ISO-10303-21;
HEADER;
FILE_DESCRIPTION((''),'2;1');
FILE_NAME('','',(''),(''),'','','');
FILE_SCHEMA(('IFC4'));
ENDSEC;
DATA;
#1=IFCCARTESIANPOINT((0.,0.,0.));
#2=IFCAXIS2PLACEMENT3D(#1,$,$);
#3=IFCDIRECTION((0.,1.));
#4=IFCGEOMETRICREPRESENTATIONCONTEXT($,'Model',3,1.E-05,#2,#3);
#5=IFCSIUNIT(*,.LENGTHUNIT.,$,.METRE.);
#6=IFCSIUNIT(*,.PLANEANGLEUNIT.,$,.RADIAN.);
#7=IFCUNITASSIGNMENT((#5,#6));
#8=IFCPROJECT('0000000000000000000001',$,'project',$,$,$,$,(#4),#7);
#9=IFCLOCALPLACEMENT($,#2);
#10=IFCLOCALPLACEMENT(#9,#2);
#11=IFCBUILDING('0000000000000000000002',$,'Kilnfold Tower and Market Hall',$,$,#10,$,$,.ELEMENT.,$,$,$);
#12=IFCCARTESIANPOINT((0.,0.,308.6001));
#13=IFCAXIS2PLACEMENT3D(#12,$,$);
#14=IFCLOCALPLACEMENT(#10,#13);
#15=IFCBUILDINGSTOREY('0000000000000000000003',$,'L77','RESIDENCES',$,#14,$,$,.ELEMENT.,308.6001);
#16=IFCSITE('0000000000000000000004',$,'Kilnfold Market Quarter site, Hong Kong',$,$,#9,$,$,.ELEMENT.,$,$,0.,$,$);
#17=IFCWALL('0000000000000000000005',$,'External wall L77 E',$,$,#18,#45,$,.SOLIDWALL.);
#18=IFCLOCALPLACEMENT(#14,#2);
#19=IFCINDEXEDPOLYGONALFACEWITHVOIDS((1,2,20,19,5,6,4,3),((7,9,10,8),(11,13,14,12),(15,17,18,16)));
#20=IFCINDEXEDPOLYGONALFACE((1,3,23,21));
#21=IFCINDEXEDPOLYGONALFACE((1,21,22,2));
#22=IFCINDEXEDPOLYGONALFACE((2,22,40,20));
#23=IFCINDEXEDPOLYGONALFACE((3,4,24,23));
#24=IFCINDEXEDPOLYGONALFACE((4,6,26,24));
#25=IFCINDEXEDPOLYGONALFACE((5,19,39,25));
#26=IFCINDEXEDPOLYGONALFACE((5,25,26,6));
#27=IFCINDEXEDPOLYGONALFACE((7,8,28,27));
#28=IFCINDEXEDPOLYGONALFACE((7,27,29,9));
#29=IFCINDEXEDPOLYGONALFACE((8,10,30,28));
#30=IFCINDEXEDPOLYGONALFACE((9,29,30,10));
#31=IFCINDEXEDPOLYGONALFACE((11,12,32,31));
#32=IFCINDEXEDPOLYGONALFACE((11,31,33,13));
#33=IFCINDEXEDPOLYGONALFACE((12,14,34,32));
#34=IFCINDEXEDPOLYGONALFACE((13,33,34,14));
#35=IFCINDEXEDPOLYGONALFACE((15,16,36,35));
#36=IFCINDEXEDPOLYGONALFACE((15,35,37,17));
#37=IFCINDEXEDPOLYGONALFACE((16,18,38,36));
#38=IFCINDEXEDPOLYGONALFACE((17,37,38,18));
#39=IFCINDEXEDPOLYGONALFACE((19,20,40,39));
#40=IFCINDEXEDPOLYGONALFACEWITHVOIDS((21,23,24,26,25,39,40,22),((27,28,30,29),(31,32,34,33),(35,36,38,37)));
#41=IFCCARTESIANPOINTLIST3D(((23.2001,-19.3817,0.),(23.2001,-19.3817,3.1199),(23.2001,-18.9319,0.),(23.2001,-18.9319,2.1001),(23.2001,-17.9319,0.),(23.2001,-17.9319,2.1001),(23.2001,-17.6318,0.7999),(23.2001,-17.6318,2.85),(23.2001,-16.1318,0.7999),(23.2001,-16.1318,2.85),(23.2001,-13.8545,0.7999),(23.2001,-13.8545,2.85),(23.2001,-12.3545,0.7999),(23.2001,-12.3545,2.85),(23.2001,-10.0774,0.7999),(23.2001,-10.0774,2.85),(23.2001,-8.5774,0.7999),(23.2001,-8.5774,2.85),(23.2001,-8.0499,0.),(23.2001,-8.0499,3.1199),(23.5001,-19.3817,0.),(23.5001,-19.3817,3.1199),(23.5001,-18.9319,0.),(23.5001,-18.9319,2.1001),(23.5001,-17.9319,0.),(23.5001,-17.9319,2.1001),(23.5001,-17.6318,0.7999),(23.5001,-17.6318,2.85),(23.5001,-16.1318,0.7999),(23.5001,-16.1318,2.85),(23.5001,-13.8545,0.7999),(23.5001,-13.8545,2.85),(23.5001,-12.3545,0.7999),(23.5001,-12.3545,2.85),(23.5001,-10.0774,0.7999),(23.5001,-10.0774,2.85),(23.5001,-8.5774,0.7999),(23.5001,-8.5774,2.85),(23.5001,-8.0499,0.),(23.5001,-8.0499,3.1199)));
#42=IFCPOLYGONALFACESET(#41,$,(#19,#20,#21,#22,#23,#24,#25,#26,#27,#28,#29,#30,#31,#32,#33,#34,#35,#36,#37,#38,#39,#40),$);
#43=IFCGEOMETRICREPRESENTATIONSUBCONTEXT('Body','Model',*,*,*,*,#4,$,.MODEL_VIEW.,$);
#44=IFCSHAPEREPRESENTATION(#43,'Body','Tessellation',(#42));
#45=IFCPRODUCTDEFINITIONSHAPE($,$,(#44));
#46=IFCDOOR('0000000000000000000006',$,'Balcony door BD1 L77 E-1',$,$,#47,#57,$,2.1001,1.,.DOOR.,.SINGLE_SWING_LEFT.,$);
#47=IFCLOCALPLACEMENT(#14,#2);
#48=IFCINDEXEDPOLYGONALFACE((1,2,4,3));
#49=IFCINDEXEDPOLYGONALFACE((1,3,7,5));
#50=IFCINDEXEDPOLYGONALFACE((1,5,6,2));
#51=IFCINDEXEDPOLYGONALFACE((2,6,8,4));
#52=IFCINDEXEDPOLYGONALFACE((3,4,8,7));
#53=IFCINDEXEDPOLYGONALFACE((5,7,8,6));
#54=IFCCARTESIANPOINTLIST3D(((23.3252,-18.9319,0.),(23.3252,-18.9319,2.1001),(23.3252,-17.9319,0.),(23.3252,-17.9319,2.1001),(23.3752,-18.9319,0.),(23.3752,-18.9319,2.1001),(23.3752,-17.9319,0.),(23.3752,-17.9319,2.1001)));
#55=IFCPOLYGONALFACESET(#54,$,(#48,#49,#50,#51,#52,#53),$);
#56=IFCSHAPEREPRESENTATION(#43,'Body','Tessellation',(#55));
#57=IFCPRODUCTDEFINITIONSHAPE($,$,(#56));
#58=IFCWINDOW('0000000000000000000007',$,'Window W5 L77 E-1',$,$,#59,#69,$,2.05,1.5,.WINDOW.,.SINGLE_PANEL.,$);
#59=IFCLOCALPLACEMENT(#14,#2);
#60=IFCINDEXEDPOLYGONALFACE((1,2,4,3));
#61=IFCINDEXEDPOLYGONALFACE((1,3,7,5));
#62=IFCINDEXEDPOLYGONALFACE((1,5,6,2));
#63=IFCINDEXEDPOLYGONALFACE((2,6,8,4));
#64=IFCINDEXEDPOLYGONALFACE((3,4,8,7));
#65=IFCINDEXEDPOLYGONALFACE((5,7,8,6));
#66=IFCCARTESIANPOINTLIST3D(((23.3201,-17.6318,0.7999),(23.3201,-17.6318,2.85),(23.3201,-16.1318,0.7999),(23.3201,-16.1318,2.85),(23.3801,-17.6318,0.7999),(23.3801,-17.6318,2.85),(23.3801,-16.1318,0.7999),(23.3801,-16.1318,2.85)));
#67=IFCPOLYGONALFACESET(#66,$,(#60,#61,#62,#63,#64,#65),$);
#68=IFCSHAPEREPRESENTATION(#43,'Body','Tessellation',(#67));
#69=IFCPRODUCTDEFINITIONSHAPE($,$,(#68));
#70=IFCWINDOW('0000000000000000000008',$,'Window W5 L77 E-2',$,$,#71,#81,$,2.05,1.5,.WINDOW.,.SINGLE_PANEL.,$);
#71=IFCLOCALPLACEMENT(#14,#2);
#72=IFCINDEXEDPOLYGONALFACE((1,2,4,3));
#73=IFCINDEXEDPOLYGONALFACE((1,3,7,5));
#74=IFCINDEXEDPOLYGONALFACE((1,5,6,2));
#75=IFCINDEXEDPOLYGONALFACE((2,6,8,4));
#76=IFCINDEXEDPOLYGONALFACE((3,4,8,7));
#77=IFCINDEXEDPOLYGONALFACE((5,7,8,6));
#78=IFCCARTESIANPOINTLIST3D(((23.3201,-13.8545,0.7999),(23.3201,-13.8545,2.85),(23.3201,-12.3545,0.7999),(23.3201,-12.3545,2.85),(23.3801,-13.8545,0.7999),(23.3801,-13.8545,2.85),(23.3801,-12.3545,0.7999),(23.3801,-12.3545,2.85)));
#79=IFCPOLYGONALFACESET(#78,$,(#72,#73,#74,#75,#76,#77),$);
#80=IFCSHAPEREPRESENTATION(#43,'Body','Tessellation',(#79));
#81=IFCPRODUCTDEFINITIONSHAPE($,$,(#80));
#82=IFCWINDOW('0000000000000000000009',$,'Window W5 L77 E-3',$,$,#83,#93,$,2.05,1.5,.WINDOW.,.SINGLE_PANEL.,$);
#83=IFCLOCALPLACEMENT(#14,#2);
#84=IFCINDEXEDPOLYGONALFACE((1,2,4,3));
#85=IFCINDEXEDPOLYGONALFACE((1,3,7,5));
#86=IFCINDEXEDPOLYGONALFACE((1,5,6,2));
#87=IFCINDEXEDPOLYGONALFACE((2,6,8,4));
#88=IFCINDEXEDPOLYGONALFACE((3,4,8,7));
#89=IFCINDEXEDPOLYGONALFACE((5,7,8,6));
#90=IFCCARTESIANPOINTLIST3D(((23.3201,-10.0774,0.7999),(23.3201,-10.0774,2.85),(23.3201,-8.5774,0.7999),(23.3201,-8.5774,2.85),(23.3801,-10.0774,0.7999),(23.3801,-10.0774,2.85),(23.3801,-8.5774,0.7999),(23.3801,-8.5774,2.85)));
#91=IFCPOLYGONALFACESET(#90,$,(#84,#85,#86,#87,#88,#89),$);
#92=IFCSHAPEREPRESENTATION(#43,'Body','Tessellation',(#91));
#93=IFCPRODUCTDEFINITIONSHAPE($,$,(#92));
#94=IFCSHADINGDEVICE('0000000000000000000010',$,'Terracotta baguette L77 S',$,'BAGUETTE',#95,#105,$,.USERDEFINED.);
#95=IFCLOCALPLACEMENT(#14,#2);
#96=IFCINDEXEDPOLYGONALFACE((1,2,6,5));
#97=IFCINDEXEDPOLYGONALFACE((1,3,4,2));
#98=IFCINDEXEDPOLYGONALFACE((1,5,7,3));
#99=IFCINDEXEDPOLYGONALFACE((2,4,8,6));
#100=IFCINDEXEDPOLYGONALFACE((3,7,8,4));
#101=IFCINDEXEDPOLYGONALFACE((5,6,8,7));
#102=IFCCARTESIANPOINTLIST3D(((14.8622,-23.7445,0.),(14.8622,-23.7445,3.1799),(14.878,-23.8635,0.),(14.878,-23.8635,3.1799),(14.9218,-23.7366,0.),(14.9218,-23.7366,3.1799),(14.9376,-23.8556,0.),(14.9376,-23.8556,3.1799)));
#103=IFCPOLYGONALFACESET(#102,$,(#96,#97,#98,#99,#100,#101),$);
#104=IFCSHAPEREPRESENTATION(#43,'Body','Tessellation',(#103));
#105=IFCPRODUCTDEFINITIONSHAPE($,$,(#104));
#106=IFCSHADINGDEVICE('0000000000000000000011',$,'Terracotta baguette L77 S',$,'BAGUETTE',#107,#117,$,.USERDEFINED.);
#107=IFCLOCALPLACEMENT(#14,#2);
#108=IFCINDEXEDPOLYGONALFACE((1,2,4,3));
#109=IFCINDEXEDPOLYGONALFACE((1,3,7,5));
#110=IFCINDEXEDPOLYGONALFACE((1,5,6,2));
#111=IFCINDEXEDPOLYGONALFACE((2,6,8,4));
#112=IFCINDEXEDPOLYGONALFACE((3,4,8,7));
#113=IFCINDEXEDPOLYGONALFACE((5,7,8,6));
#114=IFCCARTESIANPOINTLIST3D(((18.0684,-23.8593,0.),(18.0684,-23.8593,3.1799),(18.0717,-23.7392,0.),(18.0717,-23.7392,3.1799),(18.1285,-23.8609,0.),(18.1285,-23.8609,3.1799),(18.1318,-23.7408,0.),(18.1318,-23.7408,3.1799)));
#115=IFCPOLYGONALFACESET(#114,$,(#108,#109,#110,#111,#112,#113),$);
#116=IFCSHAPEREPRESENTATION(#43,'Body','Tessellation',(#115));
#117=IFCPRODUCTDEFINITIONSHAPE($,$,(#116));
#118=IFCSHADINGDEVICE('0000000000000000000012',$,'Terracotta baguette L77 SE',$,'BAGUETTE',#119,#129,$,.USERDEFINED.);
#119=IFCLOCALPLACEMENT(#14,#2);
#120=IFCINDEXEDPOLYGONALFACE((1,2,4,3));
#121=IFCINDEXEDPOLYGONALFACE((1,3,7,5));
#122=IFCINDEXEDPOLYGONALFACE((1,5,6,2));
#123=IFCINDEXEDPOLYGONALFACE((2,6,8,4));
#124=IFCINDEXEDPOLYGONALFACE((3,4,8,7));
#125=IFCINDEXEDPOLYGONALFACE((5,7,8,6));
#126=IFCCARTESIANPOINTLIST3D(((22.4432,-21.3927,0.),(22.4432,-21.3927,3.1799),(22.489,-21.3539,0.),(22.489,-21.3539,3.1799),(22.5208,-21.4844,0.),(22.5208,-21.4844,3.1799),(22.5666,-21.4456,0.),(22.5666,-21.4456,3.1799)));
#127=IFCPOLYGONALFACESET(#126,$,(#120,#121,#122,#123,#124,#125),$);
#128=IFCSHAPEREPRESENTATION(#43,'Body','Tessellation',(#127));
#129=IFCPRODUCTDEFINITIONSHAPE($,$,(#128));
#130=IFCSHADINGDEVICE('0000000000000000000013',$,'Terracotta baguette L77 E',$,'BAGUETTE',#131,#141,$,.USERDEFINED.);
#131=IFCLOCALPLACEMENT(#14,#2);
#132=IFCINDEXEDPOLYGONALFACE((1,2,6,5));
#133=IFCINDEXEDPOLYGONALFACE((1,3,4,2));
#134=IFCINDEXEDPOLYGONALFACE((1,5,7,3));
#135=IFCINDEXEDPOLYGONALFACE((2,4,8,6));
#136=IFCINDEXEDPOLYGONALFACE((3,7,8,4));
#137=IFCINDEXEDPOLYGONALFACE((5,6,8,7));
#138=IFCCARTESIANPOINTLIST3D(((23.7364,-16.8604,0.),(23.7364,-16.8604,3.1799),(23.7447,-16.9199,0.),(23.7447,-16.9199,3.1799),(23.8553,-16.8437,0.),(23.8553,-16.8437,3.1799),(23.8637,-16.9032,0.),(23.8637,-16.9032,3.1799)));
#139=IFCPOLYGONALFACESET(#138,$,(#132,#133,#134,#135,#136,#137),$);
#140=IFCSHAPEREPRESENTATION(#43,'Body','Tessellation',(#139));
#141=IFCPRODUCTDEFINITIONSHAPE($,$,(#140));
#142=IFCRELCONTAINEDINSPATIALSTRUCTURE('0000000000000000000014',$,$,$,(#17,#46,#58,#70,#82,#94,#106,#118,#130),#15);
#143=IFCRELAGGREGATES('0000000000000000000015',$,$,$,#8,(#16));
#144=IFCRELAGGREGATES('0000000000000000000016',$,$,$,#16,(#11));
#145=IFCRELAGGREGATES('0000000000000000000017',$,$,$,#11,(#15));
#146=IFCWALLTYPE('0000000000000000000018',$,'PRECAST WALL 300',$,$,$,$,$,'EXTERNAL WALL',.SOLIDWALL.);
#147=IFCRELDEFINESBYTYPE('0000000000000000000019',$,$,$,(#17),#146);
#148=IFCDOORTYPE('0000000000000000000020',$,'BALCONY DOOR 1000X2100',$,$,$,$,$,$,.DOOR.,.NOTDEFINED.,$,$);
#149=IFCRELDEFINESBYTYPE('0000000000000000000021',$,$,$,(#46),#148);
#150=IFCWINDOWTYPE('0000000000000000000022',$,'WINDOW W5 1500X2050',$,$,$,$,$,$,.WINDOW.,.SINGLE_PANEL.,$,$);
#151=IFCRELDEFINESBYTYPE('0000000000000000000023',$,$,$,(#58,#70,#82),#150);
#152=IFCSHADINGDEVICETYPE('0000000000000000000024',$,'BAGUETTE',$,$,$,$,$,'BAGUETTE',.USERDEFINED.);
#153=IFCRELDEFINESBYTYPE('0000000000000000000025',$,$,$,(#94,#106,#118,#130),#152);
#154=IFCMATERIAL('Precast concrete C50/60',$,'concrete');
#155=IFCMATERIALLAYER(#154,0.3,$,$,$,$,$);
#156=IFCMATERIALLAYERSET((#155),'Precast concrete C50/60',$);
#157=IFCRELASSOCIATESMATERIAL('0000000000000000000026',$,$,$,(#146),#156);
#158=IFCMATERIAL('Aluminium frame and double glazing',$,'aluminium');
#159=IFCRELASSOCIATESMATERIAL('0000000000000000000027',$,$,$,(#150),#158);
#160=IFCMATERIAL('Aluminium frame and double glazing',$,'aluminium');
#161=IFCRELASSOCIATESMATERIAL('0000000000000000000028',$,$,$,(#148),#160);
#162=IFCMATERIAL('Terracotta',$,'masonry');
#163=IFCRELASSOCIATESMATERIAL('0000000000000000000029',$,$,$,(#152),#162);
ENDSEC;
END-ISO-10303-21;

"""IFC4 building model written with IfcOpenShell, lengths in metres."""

from ifc_helpers import new_model, si_unit, direction, frame, frame_2d, origin, origin_2d, place, context, subcontext, project, spatial, rectangle, extrude, source, transform, mapped, material, layer, layer_set, material_profile, profile_set, type_object, element, fill, save


model = new_model("IFC4")

# Units and contexts
model_context = context("Model", 3, precision=1e-05, world=origin(), true_north=direction((0.0, 1.0)))
body_context = subcontext(model_context, "Body", "Model", "MODEL_VIEW")
ifc_project = project(units=[si_unit("LENGTHUNIT", "METRE"), si_unit("PLANEANGLEUNIT", "RADIAN")], contexts=[model_context])

# Site, building, storey
site_placement = place(None, origin())
site = spatial("IfcSite", under=ifc_project, at=site_placement, Name="Kilnfold Market Quarter site, Hong Kong", CompositionType="ELEMENT", RefElevation=0.0)
building_placement = place(site_placement, origin())
building = spatial("IfcBuilding", under=site, at=building_placement, Name="Kilnfold Tower and Market Hall", CompositionType="ELEMENT")
storey_placement = place(building_placement, frame((0.0, 0.0, 308.6001)))
storey = spatial("IfcBuildingStorey", under=building, at=storey_placement, Name="L77", Description="RESIDENCES", CompositionType="ELEMENT", Elevation=308.6001)

# Shared definitions
ifc_material_1 = material(Name="Precast concrete C50/60", Category="concrete")
ifc_layer_1 = layer(ifc_material_1, 0.3)
ifc_layer_set_1 = layer_set([ifc_layer_1], Name="Precast concrete C50/60")
wall_type_1 = type_object("IfcWallType", Name="PRECAST WALL 300", ElementType="EXTERNAL WALL", PredefinedType="SOLIDWALL", material=ifc_layer_set_1)
ifc_material_2 = material(Name="Aluminium frame and double glazing", Category="aluminium")
window_type = type_object("IfcWindowType", Name="WINDOW W5 1500X2050", PartitioningType="SINGLE_PANEL", PredefinedType="WINDOW", material=ifc_material_2)

# Shared definitions
ifc_material_3 = material(Name="Aluminium frame and double glazing", Category="aluminium")
door_type = type_object("IfcDoorType", Name="BALCONY DOOR 1000X2100", OperationType="NOTDEFINED", PredefinedType="DOOR", material=ifc_material_3)

# Wall, openings, door, windows
shared_shape_1 = source(origin(), body_context, "Body", "SweptSolid", [
    extrude(rectangle(XDim=11.3318, YDim=0.3, at=frame_2d((5.666, 0.0))), origin(), (0.0, 0.0, 1.0), 3.1199),
])
wall_1_placement = place(storey_placement, frame((23.3501, -19.3818, 0.0), z_axis=(0.0, 0.0, 1.0), x_axis=(0.0, 1.0, 0.0)))
wall_1 = element("IfcWall", 1, at=wall_1_placement, inside=storey, type_object=wall_type_1, Name="External wall L77 E", PredefinedType="SOLIDWALL", context=body_context, shape_type="MappedRepresentation", body=[
    mapped(shared_shape_1, transform((0.0, 0.0, 0.0))),
])
opening_1_placement = place(wall_1_placement, frame((1.75, 0.0, 0.8)))
opening_1 = element("IfcOpeningElement", 2, at=opening_1_placement, cuts=wall_1, PredefinedType="OPENING", context=body_context, shape_type="SweptSolid", body=[
    extrude(rectangle(XDim=1.5, YDim=2.05, at=frame_2d((0.75, 1.0249))), frame((0.0, 0.1602, 0.0), z_axis=(0.0, -1.0, 0.0), x_axis=(1.0, 0.0, 0.0)), (0.0, 0.0, 1.0), 0.3201),
])
opening_2_placement = place(wall_1_placement, frame((0.45, 0.0, 0.0)))
opening_2 = element("IfcOpeningElement", 3, at=opening_2_placement, cuts=wall_1, PredefinedType="OPENING", context=body_context, shape_type="SweptSolid", body=[
    extrude(rectangle(XDim=1.0, YDim=2.1001, at=frame_2d((0.5, 1.05))), frame((0.0, 0.1602, 0.0), z_axis=(0.0, -1.0, 0.0), x_axis=(1.0, 0.0, 0.0)), (0.0, 0.0, 1.0), 0.3201),
])
opening_3_placement = place(wall_1_placement, frame((5.5273, 0.0, 0.8)))
opening_3 = element("IfcOpeningElement", 4, at=opening_3_placement, cuts=wall_1, PredefinedType="OPENING", context=body_context, shape_type="SweptSolid", body=[
    extrude(rectangle(XDim=1.5, YDim=2.05, at=frame_2d((0.75, 1.0249))), frame((0.0, 0.1602, 0.0), z_axis=(0.0, -1.0, 0.0), x_axis=(1.0, 0.0, 0.0)), (0.0, 0.0, 1.0), 0.3201),
])
opening_4_placement = place(wall_1_placement, frame((9.3044, 0.0, 0.8)))
opening_4 = element("IfcOpeningElement", 5, at=opening_4_placement, cuts=wall_1, PredefinedType="OPENING", context=body_context, shape_type="SweptSolid", body=[
    extrude(rectangle(XDim=1.5, YDim=2.05, at=frame_2d((0.75, 1.0249))), frame((0.0, 0.1602, 0.0), z_axis=(0.0, -1.0, 0.0), x_axis=(1.0, 0.0, 0.0)), (0.0, 0.0, 1.0), 0.3201),
])
door_1_placement = place(opening_2_placement, origin())
door_1 = element("IfcDoor", 6, at=door_1_placement, inside=storey, type_object=door_type, Name="Balcony door BD1 L77 E-1", OperationType="SINGLE_SWING_LEFT", OverallHeight=2.1001, OverallWidth=1.0, PredefinedType="DOOR", context=body_context, shape_type="SweptSolid", body=[
    extrude(rectangle(XDim=1.0, YDim=2.1001, at=frame_2d((0.5, 1.05))), frame((0.0, 0.0249, 0.0), z_axis=(0.0, -1.0, 0.0), x_axis=(1.0, 0.0, 0.0)), (0.0, 0.0, 1.0), 0.05),
])
fill(opening_2, door_1)
window_1_placement = place(opening_1_placement, origin())
window_1 = element("IfcWindow", 7, at=window_1_placement, inside=storey, type_object=window_type, Name="Window W5 L77 E-1", OverallHeight=2.05, OverallWidth=1.5, PartitioningType="SINGLE_PANEL", PredefinedType="WINDOW", context=body_context, shape_type="SweptSolid", body=[
    extrude(rectangle(XDim=1.5, YDim=2.05, at=frame_2d((0.75, 1.0249))), frame((0.0, 0.03, 0.0), z_axis=(0.0, -1.0, 0.0), x_axis=(1.0, 0.0, 0.0)), (0.0, 0.0, 1.0), 0.0601),
])
fill(opening_1, window_1)
window_2_placement = place(opening_3_placement, origin())
window_2 = element("IfcWindow", 8, at=window_2_placement, inside=storey, type_object=window_type, Name="Window W5 L77 E-2", OverallHeight=2.05, OverallWidth=1.5, PartitioningType="SINGLE_PANEL", PredefinedType="WINDOW", context=body_context, shape_type="SweptSolid", body=[
    extrude(rectangle(XDim=1.5, YDim=2.05, at=frame_2d((0.75, 1.0249))), frame((0.0, 0.03, 0.0), z_axis=(0.0, -1.0, 0.0), x_axis=(1.0, 0.0, 0.0)), (0.0, 0.0, 1.0), 0.0601),
])
fill(opening_3, window_2)
window_3_placement = place(opening_4_placement, origin())
window_3 = element("IfcWindow", 9, at=window_3_placement, inside=storey, type_object=window_type, Name="Window W5 L77 E-3", OverallHeight=2.05, OverallWidth=1.5, PartitioningType="SINGLE_PANEL", PredefinedType="WINDOW", context=body_context, shape_type="SweptSolid", body=[
    extrude(rectangle(XDim=1.5, YDim=2.05, at=frame_2d((0.75, 1.0249))), frame((0.0, 0.03, 0.0), z_axis=(0.0, -1.0, 0.0), x_axis=(1.0, 0.0, 0.0)), (0.0, 0.0, 1.0), 0.0601),
])
fill(opening_4, window_3)

# Shading devices
ifc_material_4 = material(Name="Terracotta", Category="masonry")
ifc_material_profile_1 = material_profile(ifc_material_4, rectangle(XDim=0.0601, YDim=0.1201, at=origin_2d()), Name="BAG 60x120")
ifc_profile_set_1 = profile_set([ifc_material_profile_1], Name="Terracotta")
shading_device_type = type_object("IfcShadingDeviceType", Name="BAGUETTE", ElementType="BAGUETTE", PredefinedType="USERDEFINED", material=ifc_profile_set_1)
shared_shape_2 = source(origin(), body_context, "Body", "SweptSolid", [
    extrude(rectangle(XDim=0.0601, YDim=0.1201, at=origin_2d()), origin(), (0.0, 0.0, 1.0), 3.1799),
])
for number, where, z_axis, x_axis, name in (
    (10, (14.8999, -23.8, 0.0), (0.0, 0.0, 1.0), (0.991296, 0.131654, 0.0), "Terracotta baguette L77 S"),
    (11, (18.1001, -23.8, 0.0), (0.0, 0.0, 1.0), (0.999628, -0.027267, 0.0), "Terracotta baguette L77 S"),
    (12, (22.5049, -21.4192, 0.0), (0.0, 0.0, 1.0), (0.763331, 0.646008, 0.0), "Terracotta baguette L77 SE"),
    (13, (23.8, -16.8818, 0.0), (0.0, 0.0, 1.0), (-0.13905, 0.990285, 0.0), "Terracotta baguette L77 E"),
):
    element("IfcShadingDevice", number, at=place(storey_placement, frame(where, z_axis=z_axis, x_axis=x_axis)), inside=storey, type_object=shading_device_type, Name=name, ObjectType="BAGUETTE", PredefinedType="USERDEFINED", context=body_context, shape_type="MappedRepresentation", body=[
        mapped(shared_shape_2, transform((0.0, 0.0, 0.0))),
    ])

save(model, "model.ifc")
